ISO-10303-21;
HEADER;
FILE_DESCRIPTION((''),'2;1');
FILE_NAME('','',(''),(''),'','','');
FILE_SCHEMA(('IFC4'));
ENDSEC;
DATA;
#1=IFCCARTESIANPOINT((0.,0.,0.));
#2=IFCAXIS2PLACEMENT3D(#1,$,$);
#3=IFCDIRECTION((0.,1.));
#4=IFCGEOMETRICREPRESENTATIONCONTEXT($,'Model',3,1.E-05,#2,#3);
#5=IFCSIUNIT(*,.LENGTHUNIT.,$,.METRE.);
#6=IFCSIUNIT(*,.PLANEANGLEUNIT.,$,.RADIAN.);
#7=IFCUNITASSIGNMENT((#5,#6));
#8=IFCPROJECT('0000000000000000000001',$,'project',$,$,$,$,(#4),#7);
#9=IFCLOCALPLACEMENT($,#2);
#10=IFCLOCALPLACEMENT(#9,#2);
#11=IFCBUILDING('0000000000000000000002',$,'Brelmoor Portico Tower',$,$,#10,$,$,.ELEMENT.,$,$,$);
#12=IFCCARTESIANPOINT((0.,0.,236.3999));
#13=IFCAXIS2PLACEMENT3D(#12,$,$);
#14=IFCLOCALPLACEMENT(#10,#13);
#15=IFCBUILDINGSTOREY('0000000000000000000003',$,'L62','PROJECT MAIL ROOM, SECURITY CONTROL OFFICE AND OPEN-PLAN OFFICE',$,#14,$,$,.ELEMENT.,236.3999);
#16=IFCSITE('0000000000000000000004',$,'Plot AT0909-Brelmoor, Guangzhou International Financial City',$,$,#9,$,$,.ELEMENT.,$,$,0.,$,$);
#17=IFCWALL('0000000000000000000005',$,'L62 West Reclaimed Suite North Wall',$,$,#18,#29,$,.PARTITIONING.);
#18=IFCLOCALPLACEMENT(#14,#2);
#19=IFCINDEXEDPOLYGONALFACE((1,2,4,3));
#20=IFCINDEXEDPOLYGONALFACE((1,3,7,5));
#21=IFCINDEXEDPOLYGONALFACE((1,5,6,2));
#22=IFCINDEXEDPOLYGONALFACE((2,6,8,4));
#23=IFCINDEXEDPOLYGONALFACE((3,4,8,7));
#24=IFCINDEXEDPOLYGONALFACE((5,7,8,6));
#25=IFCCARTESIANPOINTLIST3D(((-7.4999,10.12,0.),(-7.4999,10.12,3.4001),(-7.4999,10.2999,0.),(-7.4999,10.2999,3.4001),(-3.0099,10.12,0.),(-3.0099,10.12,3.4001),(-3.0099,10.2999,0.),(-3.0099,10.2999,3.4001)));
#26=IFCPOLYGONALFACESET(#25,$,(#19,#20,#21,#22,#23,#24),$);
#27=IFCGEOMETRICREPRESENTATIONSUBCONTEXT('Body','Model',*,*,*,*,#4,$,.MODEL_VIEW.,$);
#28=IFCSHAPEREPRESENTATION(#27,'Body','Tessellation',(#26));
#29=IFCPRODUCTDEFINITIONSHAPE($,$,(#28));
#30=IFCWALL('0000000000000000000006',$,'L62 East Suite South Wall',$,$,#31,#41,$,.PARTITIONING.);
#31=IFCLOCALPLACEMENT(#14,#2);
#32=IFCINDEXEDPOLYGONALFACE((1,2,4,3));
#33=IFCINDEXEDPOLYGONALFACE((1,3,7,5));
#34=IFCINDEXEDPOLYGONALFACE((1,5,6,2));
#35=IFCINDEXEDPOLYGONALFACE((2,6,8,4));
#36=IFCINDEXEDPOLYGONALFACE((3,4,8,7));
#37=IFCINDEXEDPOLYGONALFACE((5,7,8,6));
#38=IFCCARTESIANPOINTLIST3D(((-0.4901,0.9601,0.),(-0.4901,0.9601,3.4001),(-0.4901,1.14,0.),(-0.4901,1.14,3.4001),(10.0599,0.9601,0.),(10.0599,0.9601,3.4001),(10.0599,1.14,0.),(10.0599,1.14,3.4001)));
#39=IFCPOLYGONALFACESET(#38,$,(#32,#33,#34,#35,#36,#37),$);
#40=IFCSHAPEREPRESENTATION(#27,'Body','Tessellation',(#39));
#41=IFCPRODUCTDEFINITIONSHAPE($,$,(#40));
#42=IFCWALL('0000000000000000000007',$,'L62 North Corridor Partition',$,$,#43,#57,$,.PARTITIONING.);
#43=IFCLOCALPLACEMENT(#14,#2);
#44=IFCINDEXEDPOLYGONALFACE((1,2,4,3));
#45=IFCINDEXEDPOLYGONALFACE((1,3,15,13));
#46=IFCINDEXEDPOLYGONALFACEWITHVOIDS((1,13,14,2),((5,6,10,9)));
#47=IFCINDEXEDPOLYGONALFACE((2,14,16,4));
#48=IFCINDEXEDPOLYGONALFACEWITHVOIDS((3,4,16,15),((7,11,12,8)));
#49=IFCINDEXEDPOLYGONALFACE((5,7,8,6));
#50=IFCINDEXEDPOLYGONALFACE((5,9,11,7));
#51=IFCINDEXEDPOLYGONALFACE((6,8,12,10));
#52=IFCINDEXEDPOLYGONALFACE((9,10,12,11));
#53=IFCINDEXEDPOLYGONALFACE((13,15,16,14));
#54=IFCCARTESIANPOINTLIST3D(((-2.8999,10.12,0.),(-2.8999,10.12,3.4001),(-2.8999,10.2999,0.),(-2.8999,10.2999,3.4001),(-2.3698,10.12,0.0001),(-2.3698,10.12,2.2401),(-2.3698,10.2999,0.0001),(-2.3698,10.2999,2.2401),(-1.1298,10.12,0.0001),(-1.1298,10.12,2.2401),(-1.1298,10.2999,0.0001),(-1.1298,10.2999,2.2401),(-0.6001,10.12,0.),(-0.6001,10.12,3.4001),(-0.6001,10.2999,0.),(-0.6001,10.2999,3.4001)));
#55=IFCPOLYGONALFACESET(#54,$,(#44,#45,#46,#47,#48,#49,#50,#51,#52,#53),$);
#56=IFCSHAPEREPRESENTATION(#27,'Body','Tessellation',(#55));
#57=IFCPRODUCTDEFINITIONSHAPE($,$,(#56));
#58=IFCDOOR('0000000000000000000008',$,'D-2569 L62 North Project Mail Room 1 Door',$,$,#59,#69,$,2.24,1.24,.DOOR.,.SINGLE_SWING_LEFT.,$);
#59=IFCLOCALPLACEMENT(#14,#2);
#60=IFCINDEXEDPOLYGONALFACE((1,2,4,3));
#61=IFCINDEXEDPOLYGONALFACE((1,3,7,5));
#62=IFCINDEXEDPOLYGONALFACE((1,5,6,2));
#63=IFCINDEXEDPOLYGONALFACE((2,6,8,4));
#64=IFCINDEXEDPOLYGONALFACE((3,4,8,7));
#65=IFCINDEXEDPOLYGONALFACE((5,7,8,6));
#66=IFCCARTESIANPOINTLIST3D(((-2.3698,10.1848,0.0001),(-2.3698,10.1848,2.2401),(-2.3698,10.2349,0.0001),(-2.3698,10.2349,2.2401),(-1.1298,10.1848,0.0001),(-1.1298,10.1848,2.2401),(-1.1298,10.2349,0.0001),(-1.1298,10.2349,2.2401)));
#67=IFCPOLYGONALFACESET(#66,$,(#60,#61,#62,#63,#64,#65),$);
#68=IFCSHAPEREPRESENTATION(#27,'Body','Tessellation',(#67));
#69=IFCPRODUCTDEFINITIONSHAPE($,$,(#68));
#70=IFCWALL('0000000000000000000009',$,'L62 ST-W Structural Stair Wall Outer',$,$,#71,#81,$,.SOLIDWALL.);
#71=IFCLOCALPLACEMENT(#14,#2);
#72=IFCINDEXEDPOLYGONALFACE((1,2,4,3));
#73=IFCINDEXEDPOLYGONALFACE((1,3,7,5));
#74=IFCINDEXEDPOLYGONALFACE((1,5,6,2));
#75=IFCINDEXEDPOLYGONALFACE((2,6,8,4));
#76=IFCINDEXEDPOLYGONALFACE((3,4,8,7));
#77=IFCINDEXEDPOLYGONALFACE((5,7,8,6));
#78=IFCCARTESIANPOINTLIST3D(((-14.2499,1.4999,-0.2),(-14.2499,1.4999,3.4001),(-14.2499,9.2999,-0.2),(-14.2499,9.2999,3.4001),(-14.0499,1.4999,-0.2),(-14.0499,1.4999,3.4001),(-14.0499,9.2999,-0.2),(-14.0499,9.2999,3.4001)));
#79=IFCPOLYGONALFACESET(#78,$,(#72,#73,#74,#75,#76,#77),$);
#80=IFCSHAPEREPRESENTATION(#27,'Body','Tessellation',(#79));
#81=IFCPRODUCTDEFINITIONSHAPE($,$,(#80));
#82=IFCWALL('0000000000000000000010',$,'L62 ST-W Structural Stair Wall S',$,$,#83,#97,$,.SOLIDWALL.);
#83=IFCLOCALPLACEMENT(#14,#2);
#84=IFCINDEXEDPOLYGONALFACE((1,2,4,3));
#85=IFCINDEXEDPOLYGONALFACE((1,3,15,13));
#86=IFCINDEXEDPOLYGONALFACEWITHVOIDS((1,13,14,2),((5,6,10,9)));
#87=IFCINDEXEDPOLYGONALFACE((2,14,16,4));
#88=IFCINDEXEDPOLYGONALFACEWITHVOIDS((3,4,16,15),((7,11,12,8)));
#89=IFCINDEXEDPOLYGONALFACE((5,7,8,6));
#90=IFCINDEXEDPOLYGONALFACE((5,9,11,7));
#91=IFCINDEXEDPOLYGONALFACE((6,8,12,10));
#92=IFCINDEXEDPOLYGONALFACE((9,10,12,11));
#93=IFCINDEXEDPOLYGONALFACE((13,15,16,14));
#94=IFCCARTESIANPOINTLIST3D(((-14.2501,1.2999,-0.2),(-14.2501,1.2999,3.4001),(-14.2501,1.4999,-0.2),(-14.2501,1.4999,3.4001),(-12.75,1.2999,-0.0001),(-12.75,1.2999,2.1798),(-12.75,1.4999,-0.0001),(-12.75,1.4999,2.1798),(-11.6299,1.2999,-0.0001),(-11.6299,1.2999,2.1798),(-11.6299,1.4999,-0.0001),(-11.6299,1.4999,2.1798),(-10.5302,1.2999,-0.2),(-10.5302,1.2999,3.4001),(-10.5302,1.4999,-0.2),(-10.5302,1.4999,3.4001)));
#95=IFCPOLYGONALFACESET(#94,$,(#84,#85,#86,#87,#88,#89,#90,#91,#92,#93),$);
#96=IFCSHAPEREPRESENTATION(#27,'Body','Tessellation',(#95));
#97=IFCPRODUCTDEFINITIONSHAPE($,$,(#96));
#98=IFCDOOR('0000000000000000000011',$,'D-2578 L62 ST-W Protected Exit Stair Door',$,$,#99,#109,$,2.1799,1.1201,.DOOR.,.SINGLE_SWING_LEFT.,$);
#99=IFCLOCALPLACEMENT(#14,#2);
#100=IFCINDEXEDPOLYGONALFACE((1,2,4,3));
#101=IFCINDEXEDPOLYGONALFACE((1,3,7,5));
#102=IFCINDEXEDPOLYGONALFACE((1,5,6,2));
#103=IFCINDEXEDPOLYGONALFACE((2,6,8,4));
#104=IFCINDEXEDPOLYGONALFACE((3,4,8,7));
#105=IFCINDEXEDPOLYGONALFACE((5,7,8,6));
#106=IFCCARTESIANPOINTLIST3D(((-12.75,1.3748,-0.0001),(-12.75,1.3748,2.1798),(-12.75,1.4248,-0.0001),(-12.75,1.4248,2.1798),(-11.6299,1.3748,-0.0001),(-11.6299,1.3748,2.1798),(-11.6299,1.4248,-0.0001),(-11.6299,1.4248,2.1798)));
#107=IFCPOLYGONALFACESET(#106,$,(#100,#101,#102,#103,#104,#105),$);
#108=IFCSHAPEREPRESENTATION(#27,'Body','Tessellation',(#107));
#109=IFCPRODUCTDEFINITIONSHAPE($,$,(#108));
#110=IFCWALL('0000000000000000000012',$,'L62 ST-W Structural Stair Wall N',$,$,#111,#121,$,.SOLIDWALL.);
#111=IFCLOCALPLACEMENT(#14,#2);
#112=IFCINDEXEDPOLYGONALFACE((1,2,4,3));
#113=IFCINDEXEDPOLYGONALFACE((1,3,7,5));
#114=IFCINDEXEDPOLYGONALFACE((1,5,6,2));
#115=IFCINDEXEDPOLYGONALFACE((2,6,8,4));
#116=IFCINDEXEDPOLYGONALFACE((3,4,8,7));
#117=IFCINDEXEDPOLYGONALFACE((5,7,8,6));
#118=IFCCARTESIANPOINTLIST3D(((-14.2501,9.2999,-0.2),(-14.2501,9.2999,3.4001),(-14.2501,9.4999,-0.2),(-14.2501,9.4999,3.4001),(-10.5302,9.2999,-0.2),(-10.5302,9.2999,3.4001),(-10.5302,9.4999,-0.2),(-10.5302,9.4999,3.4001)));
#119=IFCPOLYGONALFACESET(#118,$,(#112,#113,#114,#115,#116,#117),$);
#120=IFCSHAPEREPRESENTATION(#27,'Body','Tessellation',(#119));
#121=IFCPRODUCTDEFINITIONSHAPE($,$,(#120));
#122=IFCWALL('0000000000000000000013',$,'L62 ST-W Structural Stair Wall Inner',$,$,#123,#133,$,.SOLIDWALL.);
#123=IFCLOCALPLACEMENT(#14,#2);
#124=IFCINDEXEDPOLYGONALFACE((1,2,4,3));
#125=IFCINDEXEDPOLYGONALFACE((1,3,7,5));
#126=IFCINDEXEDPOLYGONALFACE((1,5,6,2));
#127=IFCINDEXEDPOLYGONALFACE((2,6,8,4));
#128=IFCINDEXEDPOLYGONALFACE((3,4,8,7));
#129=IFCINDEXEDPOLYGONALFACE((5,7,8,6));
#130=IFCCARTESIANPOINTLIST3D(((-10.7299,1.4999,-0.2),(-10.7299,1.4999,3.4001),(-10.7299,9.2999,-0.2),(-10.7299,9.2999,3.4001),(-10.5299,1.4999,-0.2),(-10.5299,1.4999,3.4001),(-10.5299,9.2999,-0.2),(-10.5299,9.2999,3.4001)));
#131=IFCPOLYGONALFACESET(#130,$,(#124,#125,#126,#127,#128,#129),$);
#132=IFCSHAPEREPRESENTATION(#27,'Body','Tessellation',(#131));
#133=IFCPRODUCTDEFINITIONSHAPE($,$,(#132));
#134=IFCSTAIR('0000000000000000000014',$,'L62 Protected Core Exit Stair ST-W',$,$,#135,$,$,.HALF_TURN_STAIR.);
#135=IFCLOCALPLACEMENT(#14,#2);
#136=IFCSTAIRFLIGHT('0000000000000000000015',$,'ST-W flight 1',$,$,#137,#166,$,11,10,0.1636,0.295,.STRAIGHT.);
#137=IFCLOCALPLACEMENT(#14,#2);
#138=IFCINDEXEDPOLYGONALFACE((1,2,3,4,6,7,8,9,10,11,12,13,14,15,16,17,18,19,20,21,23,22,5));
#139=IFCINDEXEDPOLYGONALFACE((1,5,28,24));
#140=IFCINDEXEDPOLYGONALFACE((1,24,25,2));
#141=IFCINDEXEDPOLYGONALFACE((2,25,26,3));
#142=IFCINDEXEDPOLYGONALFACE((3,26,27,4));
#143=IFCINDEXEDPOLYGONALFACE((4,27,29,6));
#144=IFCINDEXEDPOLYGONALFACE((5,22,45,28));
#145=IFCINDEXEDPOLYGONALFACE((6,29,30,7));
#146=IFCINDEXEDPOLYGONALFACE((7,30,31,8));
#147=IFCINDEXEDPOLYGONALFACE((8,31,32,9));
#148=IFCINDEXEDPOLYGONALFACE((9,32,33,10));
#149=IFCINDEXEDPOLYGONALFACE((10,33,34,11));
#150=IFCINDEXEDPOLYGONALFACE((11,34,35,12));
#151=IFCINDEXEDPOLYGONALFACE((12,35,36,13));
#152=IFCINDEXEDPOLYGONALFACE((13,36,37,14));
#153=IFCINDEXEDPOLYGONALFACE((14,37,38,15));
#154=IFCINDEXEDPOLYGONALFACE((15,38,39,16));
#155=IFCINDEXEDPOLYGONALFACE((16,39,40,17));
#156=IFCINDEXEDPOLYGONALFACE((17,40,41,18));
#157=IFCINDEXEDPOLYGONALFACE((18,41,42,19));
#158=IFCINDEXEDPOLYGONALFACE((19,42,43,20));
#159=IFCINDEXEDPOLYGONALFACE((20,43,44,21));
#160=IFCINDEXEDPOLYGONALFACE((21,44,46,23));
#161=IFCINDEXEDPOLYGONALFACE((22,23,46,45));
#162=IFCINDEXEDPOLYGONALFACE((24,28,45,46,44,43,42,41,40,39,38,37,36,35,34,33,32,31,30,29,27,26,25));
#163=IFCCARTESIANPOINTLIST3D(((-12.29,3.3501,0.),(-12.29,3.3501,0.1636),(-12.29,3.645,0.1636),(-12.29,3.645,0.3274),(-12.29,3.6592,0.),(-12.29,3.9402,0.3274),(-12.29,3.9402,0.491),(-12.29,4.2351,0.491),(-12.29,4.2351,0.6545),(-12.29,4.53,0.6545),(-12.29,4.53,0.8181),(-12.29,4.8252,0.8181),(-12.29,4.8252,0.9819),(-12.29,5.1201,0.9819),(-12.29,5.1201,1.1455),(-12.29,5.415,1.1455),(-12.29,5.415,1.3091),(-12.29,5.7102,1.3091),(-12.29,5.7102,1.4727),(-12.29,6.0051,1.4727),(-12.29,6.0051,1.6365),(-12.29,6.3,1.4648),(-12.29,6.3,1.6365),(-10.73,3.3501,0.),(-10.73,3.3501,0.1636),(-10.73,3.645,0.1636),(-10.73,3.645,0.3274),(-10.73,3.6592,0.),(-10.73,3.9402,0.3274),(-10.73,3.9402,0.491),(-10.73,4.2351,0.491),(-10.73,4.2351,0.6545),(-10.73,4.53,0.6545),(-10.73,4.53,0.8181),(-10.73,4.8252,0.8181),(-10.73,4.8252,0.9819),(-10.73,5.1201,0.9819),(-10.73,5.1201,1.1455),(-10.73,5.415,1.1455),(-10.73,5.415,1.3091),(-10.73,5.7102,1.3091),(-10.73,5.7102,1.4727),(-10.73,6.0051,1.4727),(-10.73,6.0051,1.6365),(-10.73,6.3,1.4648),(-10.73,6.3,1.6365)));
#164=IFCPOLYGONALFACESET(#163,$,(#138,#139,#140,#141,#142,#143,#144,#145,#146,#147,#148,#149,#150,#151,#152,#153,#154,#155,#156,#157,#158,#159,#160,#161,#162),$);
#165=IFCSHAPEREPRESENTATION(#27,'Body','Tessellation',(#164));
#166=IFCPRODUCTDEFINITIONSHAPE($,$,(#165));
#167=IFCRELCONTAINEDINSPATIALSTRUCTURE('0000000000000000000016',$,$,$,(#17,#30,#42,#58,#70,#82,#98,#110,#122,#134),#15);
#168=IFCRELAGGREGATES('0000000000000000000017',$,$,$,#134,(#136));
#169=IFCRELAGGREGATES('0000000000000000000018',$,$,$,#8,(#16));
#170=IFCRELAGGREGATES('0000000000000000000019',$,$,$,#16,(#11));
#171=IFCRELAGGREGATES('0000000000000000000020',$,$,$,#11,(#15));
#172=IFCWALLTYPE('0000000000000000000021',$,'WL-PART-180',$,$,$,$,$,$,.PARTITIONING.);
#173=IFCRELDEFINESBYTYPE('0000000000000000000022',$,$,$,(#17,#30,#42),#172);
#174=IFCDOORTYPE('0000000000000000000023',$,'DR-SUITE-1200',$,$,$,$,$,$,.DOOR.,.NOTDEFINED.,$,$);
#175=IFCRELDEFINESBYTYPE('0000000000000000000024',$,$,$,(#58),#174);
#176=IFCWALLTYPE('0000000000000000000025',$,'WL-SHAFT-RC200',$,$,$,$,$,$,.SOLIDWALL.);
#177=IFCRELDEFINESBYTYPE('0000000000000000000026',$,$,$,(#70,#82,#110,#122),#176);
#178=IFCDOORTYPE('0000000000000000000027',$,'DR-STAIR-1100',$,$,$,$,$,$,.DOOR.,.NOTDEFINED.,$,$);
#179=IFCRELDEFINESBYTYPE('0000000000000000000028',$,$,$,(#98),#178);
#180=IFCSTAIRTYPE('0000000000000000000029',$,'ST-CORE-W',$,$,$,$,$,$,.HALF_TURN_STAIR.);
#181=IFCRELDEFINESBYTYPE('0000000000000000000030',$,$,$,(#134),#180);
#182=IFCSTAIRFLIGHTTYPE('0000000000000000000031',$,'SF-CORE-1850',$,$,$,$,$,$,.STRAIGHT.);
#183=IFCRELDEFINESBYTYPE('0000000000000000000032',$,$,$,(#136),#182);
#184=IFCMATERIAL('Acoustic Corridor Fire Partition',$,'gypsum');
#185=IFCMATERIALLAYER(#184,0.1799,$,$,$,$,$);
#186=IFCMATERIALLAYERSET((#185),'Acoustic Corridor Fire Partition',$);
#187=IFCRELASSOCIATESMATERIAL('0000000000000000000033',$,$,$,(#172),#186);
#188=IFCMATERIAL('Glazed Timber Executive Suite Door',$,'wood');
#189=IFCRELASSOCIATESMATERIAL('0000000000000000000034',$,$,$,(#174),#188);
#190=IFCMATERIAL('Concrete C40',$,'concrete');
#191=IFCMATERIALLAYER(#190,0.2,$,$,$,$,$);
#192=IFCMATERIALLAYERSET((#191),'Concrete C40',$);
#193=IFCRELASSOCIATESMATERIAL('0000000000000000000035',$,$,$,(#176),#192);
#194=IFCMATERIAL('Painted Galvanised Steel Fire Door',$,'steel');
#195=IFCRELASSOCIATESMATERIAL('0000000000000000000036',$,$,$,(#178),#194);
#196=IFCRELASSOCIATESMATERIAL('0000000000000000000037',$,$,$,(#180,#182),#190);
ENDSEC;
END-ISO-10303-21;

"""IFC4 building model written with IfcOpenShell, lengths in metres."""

from ifc_helpers import new_model, si_unit, direction, frame, frame_2d, origin, place, context, subcontext, project, spatial, polyline, rectangle, outline, extrude, material, layer, layer_set, type_object, element, fill, aggregate, save


model = new_model("IFC4")

# Units and contexts
model_context = context("Model", 3, precision=1e-05, world=origin(), true_north=direction((0.0, 1.0)))
body_context = subcontext(model_context, "Body", "Model", "MODEL_VIEW")
ifc_project = project(units=[si_unit("LENGTHUNIT", "METRE"), si_unit("PLANEANGLEUNIT", "RADIAN")], contexts=[model_context])

# Site, building, storey
site_placement = place(None, origin())
site = spatial("IfcSite", under=ifc_project, at=site_placement, Name="Plot AT0909-Brelmoor, Guangzhou International Financial City", CompositionType="ELEMENT", RefElevation=0.0)
building_placement = place(site_placement, origin())
building = spatial("IfcBuilding", under=site, at=building_placement, Name="Brelmoor Portico Tower", CompositionType="ELEMENT")
storey_placement = place(building_placement, frame((0.0, 0.0, 236.3999)))
storey = spatial("IfcBuildingStorey", under=building, at=storey_placement, Name="L62", Description="PROJECT MAIL ROOM, SECURITY CONTROL OFFICE AND OPEN-PLAN OFFICE", CompositionType="ELEMENT", Elevation=236.3999)

# Walls
ifc_material_1 = material(Name="Acoustic Corridor Fire Partition", Category="gypsum")
ifc_layer_1 = layer(ifc_material_1, 0.1799)
ifc_layer_set_1 = layer_set([ifc_layer_1], Name="Acoustic Corridor Fire Partition")
wall_type_1 = type_object("IfcWallType", Name="WL-PART-180", PredefinedType="PARTITIONING", material=ifc_layer_set_1)
wall_1_placement = place(storey_placement, frame((-7.5, 10.21, 0.0), z_axis=(0.0, 0.0, 1.0), x_axis=(1.0, 0.0, 0.0)))
element("IfcWall", 1, at=wall_1_placement, inside=storey, type_object=wall_type_1, Name="L62 West Reclaimed Suite North Wall", PredefinedType="PARTITIONING", context=body_context, shape_type="SweptSolid", body=[
    extrude(rectangle(XDim=4.49, YDim=0.1799, at=frame_2d((2.2451, 0.0))), origin(), (0.0, 0.0, 1.0), 3.4001),
])
wall_2_placement = place(storey_placement, frame((-0.49, 1.05, 0.0), z_axis=(0.0, 0.0, 1.0), x_axis=(1.0, 0.0, 0.0)))
element("IfcWall", 2, at=wall_2_placement, inside=storey, type_object=wall_type_1, Name="L62 East Suite South Wall", PredefinedType="PARTITIONING", context=body_context, shape_type="SweptSolid", body=[
    extrude(rectangle(XDim=10.55, YDim=0.1799, at=frame_2d((5.2749, 0.0))), origin(), (0.0, 0.0, 1.0), 3.4001),
])

# Wall, opening, door
wall_3_placement = place(storey_placement, frame((-2.8999, 10.21, 0.0), z_axis=(0.0, 0.0, 1.0), x_axis=(1.0, 0.0, 0.0)))
wall_3 = element("IfcWall", 3, at=wall_3_placement, inside=storey, type_object=wall_type_1, Name="L62 North Corridor Partition", PredefinedType="PARTITIONING", context=body_context, shape_type="SweptSolid", body=[
    extrude(rectangle(XDim=2.2998, YDim=0.1799, at=frame_2d((1.1499, 0.0))), origin(), (0.0, 0.0, 1.0), 3.4001),
])
opening_1_placement = place(wall_3_placement, frame((0.53, 0.0, 0.0)))
opening_1 = element("IfcOpeningElement", 4, at=opening_1_placement, cuts=wall_3, PredefinedType="OPENING", context=body_context, shape_type="SweptSolid", body=[
    extrude(rectangle(XDim=1.24, YDim=2.24, at=frame_2d((0.6201, 1.1201))), frame((0.0, 0.0999, 0.0), z_axis=(0.0, -1.0, 0.0), x_axis=(1.0, 0.0, 0.0)), (0.0, 0.0, 1.0), 0.2),
])
ifc_material_2 = material(Name="Glazed Timber Executive Suite Door", Category="wood")
door_type_1 = type_object("IfcDoorType", Name="DR-SUITE-1200", OperationType="NOTDEFINED", PredefinedType="DOOR", material=ifc_material_2)
door_1_placement = place(opening_1_placement, origin())
door_1 = element("IfcDoor", 5, at=door_1_placement, inside=storey, type_object=door_type_1, Name="D-2569 L62 North Project Mail Room 1 Door", OperationType="SINGLE_SWING_LEFT", OverallHeight=2.24, OverallWidth=1.24, PredefinedType="DOOR", context=body_context, shape_type="SweptSolid", body=[
    extrude(rectangle(XDim=1.24, YDim=2.24, at=frame_2d((0.6201, 1.1201))), frame((0.0, 0.0249, 0.0), z_axis=(0.0, -1.0, 0.0), x_axis=(1.0, 0.0, 0.0)), (0.0, 0.0, 1.0), 0.05),
])
fill(opening_1, door_1)

# Wall
ifc_material_3 = material(Name="Concrete C40", Category="concrete")
ifc_layer_2 = layer(ifc_material_3, 0.2)
ifc_layer_set_2 = layer_set([ifc_layer_2], Name="Concrete C40")
wall_type_2 = type_object("IfcWallType", Name="WL-SHAFT-RC200", PredefinedType="SOLIDWALL", material=ifc_layer_set_2)
wall_4_placement = place(storey_placement, frame((-14.1499, 1.5, -0.2), z_axis=(0.0, 0.0, 1.0), x_axis=(0.0, 1.0, 0.0)))
element("IfcWall", 6, at=wall_4_placement, inside=storey, type_object=wall_type_2, Name="L62 ST-W Structural Stair Wall Outer", PredefinedType="SOLIDWALL", context=body_context, shape_type="SweptSolid", body=[
    extrude(rectangle(XDim=7.8, YDim=0.2, at=frame_2d((3.8999, 0.0))), origin(), (0.0, 0.0, 1.0), 3.6001),
])

# Wall, opening, door
wall_5_placement = place(storey_placement, frame((-14.25, 1.3999, -0.2), z_axis=(0.0, 0.0, 1.0), x_axis=(1.0, 0.0, 0.0)))
wall_5 = element("IfcWall", 7, at=wall_5_placement, inside=storey, type_object=wall_type_2, Name="L62 ST-W Structural Stair Wall S", PredefinedType="SOLIDWALL", context=body_context, shape_type="SweptSolid", body=[
    extrude(rectangle(XDim=3.72, YDim=0.2, at=frame_2d((1.8599, 0.0))), origin(), (0.0, 0.0, 1.0), 3.6001),
])
opening_2_placement = place(wall_5_placement, frame((1.5, 0.0, 0.2)))
opening_2 = element("IfcOpeningElement", 8, at=opening_2_placement, cuts=wall_5, PredefinedType="OPENING", context=body_context, shape_type="SweptSolid", body=[
    extrude(rectangle(XDim=1.1201, YDim=2.1799, at=frame_2d((0.5601, 1.0898))), frame((0.0, 0.1099, 0.0), z_axis=(0.0, -1.0, 0.0), x_axis=(1.0, 0.0, 0.0)), (0.0, 0.0, 1.0), 0.22),
])
ifc_material_4 = material(Name="Painted Galvanised Steel Fire Door", Category="steel")
door_type_2 = type_object("IfcDoorType", Name="DR-STAIR-1100", OperationType="NOTDEFINED", PredefinedType="DOOR", material=ifc_material_4)
door_2_placement = place(opening_2_placement, origin())
door_2 = element("IfcDoor", 9, at=door_2_placement, inside=storey, type_object=door_type_2, Name="D-2578 L62 ST-W Protected Exit Stair Door", OperationType="SINGLE_SWING_LEFT", OverallHeight=2.1799, OverallWidth=1.1201, PredefinedType="DOOR", context=body_context, shape_type="SweptSolid", body=[
    extrude(rectangle(XDim=1.1201, YDim=2.1799, at=frame_2d((0.5601, 1.0898))), frame((0.0, 0.0249, 0.0), z_axis=(0.0, -1.0, 0.0), x_axis=(1.0, 0.0, 0.0)), (0.0, 0.0, 1.0), 0.05),
])
fill(opening_2, door_2)

# Walls
wall_6_placement = place(storey_placement, frame((-14.25, 9.3999, -0.2), z_axis=(0.0, 0.0, 1.0), x_axis=(1.0, 0.0, 0.0)))
element("IfcWall", 10, at=wall_6_placement, inside=storey, type_object=wall_type_2, Name="L62 ST-W Structural Stair Wall N", PredefinedType="SOLIDWALL", context=body_context, shape_type="SweptSolid", body=[
    extrude(rectangle(XDim=3.72, YDim=0.2, at=frame_2d((1.8599, 0.0))), origin(), (0.0, 0.0, 1.0), 3.6001),
])
wall_7_placement = place(storey_placement, frame((-10.6299, 1.5, -0.2), z_axis=(0.0, 0.0, 1.0), x_axis=(0.0, 1.0, 0.0)))
element("IfcWall", 11, at=wall_7_placement, inside=storey, type_object=wall_type_2, Name="L62 ST-W Structural Stair Wall Inner", PredefinedType="SOLIDWALL", context=body_context, shape_type="SweptSolid", body=[
    extrude(rectangle(XDim=7.8, YDim=0.2, at=frame_2d((3.8999, 0.0))), origin(), (0.0, 0.0, 1.0), 3.6001),
])

# Stair, stair flight
stair_type = type_object("IfcStairType", Name="ST-CORE-W", PredefinedType="HALF_TURN_STAIR", material=ifc_material_3)
stair_placement = place(storey_placement, origin())
stair = element("IfcStair", 12, at=stair_placement, inside=storey, type_object=stair_type, Name="L62 Protected Core Exit Stair ST-W", PredefinedType="HALF_TURN_STAIR")
stair_flight_type = type_object("IfcStairFlightType", Name="SF-CORE-1850", PredefinedType="STRAIGHT", material=ifc_material_3)
stair_flight_1_placement = place(storey_placement, frame((-11.51, 3.3501, 0.0), z_axis=(0.0, 0.0, 1.0), x_axis=(0.0, 1.0, 0.0)))
stair_flight_1 = element("IfcStairFlight", 13, at=stair_flight_1_placement, type_object=stair_flight_type, Name="ST-W flight 1", NumberOfRisers=11, NumberOfTreads=10, PredefinedType="STRAIGHT", RiserHeight=0.1636, TreadLength=0.295, context=body_context, shape_type="SweptSolid", body=[
    extrude(outline(polyline([(0.0, 0.0), (0.0, 0.1636), (0.2949, 0.1636), (0.2949, 0.3274), (0.5901, 0.3274), (0.5901, 0.491), (0.885, 0.491), (0.885, 0.6545), (1.1799, 0.6545), (1.1799, 0.8181), (1.4751, 0.8181), (1.4751, 0.9819), (1.77, 0.9819), (1.77, 1.1455), (2.0649, 1.1455), (2.0649, 1.3091), (2.3601, 1.3091), (2.3601, 1.4727), (2.655, 1.4727), (2.655, 1.6365), (2.95, 1.6365), (2.95, 1.8), (2.95, 1.4648), (0.3091, 0.0), (0.0, 0.0)])), frame((0.0, 0.78, 0.0), z_axis=(0.0, -1.0, 0.0), x_axis=(1.0, 0.0, 0.0)), (0.0, 0.0, 1.0), 1.5601),
])
aggregate(stair, [stair_flight_1])

save(model, "model.ifc")
